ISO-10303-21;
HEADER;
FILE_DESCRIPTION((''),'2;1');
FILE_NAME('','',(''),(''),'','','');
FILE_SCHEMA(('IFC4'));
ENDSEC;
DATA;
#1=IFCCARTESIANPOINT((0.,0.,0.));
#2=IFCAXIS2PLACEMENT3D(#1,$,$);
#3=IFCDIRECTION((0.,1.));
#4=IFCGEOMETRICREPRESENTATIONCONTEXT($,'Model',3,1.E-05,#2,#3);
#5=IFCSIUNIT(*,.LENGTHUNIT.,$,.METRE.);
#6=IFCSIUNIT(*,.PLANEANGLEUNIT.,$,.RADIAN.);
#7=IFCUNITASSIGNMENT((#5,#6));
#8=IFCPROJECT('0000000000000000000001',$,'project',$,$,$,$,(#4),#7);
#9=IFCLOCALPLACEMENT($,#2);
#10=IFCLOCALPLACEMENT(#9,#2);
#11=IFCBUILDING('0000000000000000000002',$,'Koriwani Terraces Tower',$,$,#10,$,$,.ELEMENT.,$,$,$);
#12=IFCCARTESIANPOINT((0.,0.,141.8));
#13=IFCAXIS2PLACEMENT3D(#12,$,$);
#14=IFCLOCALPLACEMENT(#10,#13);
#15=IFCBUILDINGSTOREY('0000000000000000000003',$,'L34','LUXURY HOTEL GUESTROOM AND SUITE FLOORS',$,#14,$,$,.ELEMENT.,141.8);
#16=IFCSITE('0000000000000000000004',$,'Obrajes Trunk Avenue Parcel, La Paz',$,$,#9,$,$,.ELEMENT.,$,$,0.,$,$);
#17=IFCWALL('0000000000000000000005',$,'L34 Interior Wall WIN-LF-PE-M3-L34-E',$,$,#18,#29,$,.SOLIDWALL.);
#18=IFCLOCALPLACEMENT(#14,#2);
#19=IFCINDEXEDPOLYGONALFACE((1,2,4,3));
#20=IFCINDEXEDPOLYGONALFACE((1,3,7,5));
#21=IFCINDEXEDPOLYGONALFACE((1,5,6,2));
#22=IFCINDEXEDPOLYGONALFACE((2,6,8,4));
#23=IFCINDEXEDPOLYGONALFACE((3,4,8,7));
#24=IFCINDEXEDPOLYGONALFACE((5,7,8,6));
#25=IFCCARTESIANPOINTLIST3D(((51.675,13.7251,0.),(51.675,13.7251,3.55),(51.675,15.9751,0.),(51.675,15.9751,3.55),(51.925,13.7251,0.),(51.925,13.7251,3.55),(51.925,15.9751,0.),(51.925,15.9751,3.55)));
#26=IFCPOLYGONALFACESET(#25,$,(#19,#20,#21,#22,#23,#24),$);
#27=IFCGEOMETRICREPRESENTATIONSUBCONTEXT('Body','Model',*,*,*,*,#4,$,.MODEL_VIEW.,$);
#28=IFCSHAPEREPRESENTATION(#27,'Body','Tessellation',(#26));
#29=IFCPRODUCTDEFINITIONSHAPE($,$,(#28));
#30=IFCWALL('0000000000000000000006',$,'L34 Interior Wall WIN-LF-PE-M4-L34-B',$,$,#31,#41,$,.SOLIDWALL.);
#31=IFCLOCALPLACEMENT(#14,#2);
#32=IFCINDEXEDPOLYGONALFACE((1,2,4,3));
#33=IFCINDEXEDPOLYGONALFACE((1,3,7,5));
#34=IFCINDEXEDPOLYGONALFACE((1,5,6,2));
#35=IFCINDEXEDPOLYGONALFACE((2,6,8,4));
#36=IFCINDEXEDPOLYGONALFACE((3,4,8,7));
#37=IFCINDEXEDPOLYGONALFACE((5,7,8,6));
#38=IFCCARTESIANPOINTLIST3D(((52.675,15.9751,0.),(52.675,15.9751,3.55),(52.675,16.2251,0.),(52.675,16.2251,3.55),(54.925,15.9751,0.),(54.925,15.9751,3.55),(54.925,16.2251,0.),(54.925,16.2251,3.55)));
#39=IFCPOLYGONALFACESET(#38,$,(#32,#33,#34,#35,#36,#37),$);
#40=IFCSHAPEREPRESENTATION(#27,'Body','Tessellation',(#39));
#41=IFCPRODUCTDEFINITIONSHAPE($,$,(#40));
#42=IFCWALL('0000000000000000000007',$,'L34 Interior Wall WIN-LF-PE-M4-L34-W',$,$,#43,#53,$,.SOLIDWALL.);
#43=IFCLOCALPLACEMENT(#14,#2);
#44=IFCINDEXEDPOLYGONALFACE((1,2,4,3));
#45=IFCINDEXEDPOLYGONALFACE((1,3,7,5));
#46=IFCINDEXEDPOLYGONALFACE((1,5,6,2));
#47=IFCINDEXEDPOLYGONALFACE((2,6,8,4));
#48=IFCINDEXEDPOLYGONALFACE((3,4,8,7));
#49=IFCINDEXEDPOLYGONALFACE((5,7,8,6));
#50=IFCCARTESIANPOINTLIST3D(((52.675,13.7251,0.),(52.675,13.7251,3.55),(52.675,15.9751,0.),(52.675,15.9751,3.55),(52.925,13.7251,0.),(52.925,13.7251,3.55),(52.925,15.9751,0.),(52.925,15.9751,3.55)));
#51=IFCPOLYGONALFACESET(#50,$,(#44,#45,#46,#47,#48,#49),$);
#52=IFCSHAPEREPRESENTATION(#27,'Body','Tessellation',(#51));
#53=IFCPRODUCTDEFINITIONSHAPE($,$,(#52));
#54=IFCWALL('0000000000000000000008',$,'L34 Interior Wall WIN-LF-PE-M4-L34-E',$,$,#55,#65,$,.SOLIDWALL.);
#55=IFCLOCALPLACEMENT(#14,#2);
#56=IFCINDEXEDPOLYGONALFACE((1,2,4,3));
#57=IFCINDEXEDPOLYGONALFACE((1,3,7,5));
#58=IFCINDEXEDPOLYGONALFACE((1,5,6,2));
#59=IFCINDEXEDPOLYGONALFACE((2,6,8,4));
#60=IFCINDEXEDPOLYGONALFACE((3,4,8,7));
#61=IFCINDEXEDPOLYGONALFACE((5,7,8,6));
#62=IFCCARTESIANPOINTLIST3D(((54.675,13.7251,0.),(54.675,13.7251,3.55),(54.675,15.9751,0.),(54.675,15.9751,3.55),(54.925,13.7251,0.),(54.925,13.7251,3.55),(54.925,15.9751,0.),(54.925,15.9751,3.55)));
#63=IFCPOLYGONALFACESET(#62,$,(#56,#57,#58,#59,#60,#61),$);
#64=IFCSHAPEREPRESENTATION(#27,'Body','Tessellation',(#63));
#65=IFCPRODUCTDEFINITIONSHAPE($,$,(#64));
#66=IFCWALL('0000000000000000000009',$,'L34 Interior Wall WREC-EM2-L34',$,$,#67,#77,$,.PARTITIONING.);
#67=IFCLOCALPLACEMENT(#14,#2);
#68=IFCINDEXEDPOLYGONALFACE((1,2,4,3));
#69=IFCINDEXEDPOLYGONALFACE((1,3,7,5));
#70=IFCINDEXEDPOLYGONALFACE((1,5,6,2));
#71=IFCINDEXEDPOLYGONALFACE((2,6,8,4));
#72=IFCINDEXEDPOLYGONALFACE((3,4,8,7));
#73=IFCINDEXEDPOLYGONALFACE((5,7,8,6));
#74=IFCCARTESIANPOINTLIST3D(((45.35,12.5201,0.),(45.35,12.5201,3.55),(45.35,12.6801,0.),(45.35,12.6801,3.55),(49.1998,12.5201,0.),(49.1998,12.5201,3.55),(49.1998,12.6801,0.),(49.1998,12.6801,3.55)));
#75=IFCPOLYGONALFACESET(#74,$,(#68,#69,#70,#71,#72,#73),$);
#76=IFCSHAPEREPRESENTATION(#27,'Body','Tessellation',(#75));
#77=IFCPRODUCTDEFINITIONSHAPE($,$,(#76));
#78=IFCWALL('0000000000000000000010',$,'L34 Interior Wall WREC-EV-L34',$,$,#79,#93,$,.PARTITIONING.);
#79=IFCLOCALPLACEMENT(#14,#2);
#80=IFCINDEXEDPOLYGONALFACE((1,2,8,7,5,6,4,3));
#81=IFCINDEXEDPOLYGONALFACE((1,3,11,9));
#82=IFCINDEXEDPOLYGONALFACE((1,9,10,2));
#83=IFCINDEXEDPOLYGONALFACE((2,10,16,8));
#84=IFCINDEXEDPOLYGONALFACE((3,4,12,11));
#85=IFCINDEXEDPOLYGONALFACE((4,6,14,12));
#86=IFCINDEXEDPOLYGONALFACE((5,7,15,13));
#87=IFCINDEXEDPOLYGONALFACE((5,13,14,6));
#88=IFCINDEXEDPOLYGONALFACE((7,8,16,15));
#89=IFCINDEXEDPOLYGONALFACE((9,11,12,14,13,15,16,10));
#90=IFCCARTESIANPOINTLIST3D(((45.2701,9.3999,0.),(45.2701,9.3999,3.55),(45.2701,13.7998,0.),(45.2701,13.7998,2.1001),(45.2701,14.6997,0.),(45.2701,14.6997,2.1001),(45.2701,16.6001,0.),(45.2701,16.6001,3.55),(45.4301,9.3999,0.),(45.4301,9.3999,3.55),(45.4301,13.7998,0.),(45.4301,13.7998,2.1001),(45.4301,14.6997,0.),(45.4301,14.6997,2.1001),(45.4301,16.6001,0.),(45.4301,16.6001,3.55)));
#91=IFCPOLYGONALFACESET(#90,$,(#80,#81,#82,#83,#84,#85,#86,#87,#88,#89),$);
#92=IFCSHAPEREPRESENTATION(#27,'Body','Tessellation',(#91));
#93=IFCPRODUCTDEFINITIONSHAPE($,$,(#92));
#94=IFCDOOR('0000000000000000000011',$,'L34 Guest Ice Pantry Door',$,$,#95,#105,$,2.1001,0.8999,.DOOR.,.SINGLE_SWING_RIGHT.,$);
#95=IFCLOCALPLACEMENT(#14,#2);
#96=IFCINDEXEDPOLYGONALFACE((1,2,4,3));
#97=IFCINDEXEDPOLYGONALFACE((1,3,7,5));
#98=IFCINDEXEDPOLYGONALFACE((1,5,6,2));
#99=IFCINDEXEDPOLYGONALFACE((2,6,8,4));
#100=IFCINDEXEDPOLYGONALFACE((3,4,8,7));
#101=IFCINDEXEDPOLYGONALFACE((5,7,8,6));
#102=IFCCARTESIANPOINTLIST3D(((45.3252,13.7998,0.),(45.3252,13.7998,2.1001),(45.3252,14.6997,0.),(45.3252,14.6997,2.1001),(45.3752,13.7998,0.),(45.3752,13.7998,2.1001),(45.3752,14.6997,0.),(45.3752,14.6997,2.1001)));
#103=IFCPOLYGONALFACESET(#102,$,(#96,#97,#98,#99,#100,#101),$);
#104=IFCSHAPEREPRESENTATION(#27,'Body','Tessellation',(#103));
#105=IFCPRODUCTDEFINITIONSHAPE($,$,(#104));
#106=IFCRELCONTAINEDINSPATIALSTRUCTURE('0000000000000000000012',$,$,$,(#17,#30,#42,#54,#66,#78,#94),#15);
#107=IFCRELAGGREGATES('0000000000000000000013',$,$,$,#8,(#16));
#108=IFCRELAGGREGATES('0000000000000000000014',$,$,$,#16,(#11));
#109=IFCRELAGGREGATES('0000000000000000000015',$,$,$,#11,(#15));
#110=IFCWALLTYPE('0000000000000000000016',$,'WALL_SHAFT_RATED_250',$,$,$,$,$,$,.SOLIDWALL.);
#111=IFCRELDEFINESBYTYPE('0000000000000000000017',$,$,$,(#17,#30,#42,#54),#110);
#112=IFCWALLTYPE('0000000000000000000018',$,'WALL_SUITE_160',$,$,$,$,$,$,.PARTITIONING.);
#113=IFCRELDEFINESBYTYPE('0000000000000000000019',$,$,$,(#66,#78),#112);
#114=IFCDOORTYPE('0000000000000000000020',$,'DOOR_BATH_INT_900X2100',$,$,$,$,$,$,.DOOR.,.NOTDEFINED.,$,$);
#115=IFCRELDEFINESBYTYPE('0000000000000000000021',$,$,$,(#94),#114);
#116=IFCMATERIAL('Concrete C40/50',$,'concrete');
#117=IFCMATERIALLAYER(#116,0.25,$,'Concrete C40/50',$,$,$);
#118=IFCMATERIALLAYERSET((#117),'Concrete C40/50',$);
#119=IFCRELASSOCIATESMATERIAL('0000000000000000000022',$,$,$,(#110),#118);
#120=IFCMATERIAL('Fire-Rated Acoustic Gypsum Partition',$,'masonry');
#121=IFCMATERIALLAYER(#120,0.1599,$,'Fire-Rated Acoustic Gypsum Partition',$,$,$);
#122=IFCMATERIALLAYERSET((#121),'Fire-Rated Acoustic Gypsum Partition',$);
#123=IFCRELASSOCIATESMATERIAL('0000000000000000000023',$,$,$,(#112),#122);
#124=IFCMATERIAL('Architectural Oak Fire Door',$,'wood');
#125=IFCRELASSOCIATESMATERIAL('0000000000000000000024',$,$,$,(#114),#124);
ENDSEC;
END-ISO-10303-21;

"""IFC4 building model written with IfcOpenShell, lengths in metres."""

from ifc_helpers import new_model, si_unit, direction, frame, frame_2d, origin, place, context, subcontext, project, spatial, rectangle, extrude, material, layer, layer_set, type_object, element, fill, save


model = new_model("IFC4")

# Units and contexts
model_context = context("Model", 3, precision=1e-05, world=origin(), true_north=direction((0.0, 1.0)))
body_context = subcontext(model_context, "Body", "Model", "MODEL_VIEW")
ifc_project = project(units=[si_unit("LENGTHUNIT", "METRE"), si_unit("PLANEANGLEUNIT", "RADIAN")], contexts=[model_context])

# Site, building, storey
site_placement = place(None, origin())
site = spatial("IfcSite", under=ifc_project, at=site_placement, Name="Obrajes Trunk Avenue Parcel, La Paz", CompositionType="ELEMENT", RefElevation=0.0)
building_placement = place(site_placement, origin())
building = spatial("IfcBuilding", under=site, at=building_placement, Name="Koriwani Terraces Tower", CompositionType="ELEMENT")
storey_placement = place(building_placement, frame((0.0, 0.0, 141.8)))
storey = spatial("IfcBuildingStorey", under=building, at=storey_placement, Name="L34", Description="LUXURY HOTEL GUESTROOM AND SUITE FLOORS", CompositionType="ELEMENT", Elevation=141.8)

# Shared definitions
ifc_material_1 = material(Name="Concrete C40/50", Category="concrete")

# Shared definitions
ifc_layer_1 = layer(ifc_material_1, 0.25, Name="Concrete C40/50")
ifc_layer_set_1 = layer_set([ifc_layer_1], Name="Concrete C40/50")
wall_type_1 = type_object("IfcWallType", Name="WALL_SHAFT_RATED_250", PredefinedType="SOLIDWALL", material=ifc_layer_set_1)

# Wall
for number, where, z_axis, x_axis, name in (
    (1, (51.8, 13.7251, 0.0), (0.0, 0.0, 1.0), (0.0, 1.0, 0.0), "L34 Interior Wall WIN-LF-PE-M3-L34-E"),
):
    element("IfcWall", number, at=place(storey_placement, frame(where, z_axis=z_axis, x_axis=x_axis)), inside=storey, type_object=wall_type_1, Name=name, PredefinedType="SOLIDWALL", context=body_context, shape_type="SweptSolid", body=[
        extrude(rectangle(XDim=2.25, YDim=0.25, at=frame_2d((1.125, 0.0))), origin(), (0.0, 0.0, 1.0), 3.55),
    ])

# Walls
for number, where, z_axis, x_axis, name in (
    (2, (52.675, 16.1001, 0.0), (0.0, 0.0, 1.0), (1.0, 0.0, 0.0), "L34 Interior Wall WIN-LF-PE-M4-L34-B"),
    (3, (52.8, 13.7251, 0.0), (0.0, 0.0, 1.0), (0.0, 1.0, 0.0), "L34 Interior Wall WIN-LF-PE-M4-L34-W"),
    (4, (54.8, 13.7251, 0.0), (0.0, 0.0, 1.0), (0.0, 1.0, 0.0), "L34 Interior Wall WIN-LF-PE-M4-L34-E"),
):
    element("IfcWall", number, at=place(storey_placement, frame(where, z_axis=z_axis, x_axis=x_axis)), inside=storey, type_object=wall_type_1, Name=name, PredefinedType="SOLIDWALL", context=body_context, shape_type="SweptSolid", body=[
        extrude(rectangle(XDim=2.25, YDim=0.25, at=frame_2d((1.125, 0.0))), origin(), (0.0, 0.0, 1.0), 3.55),
    ])
ifc_material_2 = material(Name="Fire-Rated Acoustic Gypsum Partition", Category="masonry")
ifc_layer_2 = layer(ifc_material_2, 0.1599, Name="Fire-Rated Acoustic Gypsum Partition")
ifc_layer_set_2 = layer_set([ifc_layer_2], Name="Fire-Rated Acoustic Gypsum Partition")
wall_type_2 = type_object("IfcWallType", Name="WALL_SUITE_160", PredefinedType="PARTITIONING", material=ifc_layer_set_2)
wall_1_placement = place(storey_placement, frame((45.3501, 12.6001, 0.0), z_axis=(0.0, 0.0, 1.0), x_axis=(1.0, 0.0, 0.0)))
element("IfcWall", 5, at=wall_1_placement, inside=storey, type_object=wall_type_2, Name="L34 Interior Wall WREC-EM2-L34", PredefinedType="PARTITIONING", context=body_context, shape_type="SweptSolid", body=[
    extrude(rectangle(XDim=3.8499, YDim=0.1599, at=frame_2d((1.9248, 0.0))), origin(), (0.0, 0.0, 1.0), 3.55),
])

# Wall, opening, door
wall_2_placement = place(storey_placement, frame((45.3501, 9.3999, 0.0), z_axis=(0.0, 0.0, 1.0), x_axis=(0.0, 1.0, 0.0)))
wall_2 = element("IfcWall", 6, at=wall_2_placement, inside=storey, type_object=wall_type_2, Name="L34 Interior Wall WREC-EV-L34", PredefinedType="PARTITIONING", context=body_context, shape_type="SweptSolid", body=[
    extrude(rectangle(XDim=7.2002, YDim=0.1599, at=frame_2d((3.6001, 0.0))), origin(), (0.0, 0.0, 1.0), 3.55),
])
opening_1_placement = place(wall_2_placement, frame((4.3999, 0.0, 0.0)))
opening_1 = element("IfcOpeningElement", 7, at=opening_1_placement, cuts=wall_2, PredefinedType="OPENING", context=body_context, shape_type="SweptSolid", body=[
    extrude(rectangle(XDim=0.8999, YDim=2.1001, at=frame_2d((0.45, 1.05))), frame((0.0, 0.0898, 0.0), z_axis=(0.0, -1.0, 0.0), x_axis=(1.0, 0.0, 0.0)), (0.0, 0.0, 1.0), 0.1799),
])
ifc_material_3 = material(Name="Architectural Oak Fire Door", Category="wood")
door_type_1 = type_object("IfcDoorType", Name="DOOR_BATH_INT_900X2100", OperationType="NOTDEFINED", PredefinedType="DOOR", material=ifc_material_3)
door_1_placement = place(opening_1_placement, origin())
door_1 = element("IfcDoor", 8, at=door_1_placement, inside=storey, type_object=door_type_1, Name="L34 Guest Ice Pantry Door", OperationType="SINGLE_SWING_RIGHT", OverallHeight=2.1001, OverallWidth=0.8999, PredefinedType="DOOR", context=body_context, shape_type="SweptSolid", body=[
    extrude(rectangle(XDim=0.8999, YDim=2.1001, at=frame_2d((0.45, 1.05))), frame((0.0, 0.0249, 0.0), z_axis=(0.0, -1.0, 0.0), x_axis=(1.0, 0.0, 0.0)), (0.0, 0.0, 1.0), 0.05),
])
fill(opening_1, door_1)

save(model, "model.ifc")
